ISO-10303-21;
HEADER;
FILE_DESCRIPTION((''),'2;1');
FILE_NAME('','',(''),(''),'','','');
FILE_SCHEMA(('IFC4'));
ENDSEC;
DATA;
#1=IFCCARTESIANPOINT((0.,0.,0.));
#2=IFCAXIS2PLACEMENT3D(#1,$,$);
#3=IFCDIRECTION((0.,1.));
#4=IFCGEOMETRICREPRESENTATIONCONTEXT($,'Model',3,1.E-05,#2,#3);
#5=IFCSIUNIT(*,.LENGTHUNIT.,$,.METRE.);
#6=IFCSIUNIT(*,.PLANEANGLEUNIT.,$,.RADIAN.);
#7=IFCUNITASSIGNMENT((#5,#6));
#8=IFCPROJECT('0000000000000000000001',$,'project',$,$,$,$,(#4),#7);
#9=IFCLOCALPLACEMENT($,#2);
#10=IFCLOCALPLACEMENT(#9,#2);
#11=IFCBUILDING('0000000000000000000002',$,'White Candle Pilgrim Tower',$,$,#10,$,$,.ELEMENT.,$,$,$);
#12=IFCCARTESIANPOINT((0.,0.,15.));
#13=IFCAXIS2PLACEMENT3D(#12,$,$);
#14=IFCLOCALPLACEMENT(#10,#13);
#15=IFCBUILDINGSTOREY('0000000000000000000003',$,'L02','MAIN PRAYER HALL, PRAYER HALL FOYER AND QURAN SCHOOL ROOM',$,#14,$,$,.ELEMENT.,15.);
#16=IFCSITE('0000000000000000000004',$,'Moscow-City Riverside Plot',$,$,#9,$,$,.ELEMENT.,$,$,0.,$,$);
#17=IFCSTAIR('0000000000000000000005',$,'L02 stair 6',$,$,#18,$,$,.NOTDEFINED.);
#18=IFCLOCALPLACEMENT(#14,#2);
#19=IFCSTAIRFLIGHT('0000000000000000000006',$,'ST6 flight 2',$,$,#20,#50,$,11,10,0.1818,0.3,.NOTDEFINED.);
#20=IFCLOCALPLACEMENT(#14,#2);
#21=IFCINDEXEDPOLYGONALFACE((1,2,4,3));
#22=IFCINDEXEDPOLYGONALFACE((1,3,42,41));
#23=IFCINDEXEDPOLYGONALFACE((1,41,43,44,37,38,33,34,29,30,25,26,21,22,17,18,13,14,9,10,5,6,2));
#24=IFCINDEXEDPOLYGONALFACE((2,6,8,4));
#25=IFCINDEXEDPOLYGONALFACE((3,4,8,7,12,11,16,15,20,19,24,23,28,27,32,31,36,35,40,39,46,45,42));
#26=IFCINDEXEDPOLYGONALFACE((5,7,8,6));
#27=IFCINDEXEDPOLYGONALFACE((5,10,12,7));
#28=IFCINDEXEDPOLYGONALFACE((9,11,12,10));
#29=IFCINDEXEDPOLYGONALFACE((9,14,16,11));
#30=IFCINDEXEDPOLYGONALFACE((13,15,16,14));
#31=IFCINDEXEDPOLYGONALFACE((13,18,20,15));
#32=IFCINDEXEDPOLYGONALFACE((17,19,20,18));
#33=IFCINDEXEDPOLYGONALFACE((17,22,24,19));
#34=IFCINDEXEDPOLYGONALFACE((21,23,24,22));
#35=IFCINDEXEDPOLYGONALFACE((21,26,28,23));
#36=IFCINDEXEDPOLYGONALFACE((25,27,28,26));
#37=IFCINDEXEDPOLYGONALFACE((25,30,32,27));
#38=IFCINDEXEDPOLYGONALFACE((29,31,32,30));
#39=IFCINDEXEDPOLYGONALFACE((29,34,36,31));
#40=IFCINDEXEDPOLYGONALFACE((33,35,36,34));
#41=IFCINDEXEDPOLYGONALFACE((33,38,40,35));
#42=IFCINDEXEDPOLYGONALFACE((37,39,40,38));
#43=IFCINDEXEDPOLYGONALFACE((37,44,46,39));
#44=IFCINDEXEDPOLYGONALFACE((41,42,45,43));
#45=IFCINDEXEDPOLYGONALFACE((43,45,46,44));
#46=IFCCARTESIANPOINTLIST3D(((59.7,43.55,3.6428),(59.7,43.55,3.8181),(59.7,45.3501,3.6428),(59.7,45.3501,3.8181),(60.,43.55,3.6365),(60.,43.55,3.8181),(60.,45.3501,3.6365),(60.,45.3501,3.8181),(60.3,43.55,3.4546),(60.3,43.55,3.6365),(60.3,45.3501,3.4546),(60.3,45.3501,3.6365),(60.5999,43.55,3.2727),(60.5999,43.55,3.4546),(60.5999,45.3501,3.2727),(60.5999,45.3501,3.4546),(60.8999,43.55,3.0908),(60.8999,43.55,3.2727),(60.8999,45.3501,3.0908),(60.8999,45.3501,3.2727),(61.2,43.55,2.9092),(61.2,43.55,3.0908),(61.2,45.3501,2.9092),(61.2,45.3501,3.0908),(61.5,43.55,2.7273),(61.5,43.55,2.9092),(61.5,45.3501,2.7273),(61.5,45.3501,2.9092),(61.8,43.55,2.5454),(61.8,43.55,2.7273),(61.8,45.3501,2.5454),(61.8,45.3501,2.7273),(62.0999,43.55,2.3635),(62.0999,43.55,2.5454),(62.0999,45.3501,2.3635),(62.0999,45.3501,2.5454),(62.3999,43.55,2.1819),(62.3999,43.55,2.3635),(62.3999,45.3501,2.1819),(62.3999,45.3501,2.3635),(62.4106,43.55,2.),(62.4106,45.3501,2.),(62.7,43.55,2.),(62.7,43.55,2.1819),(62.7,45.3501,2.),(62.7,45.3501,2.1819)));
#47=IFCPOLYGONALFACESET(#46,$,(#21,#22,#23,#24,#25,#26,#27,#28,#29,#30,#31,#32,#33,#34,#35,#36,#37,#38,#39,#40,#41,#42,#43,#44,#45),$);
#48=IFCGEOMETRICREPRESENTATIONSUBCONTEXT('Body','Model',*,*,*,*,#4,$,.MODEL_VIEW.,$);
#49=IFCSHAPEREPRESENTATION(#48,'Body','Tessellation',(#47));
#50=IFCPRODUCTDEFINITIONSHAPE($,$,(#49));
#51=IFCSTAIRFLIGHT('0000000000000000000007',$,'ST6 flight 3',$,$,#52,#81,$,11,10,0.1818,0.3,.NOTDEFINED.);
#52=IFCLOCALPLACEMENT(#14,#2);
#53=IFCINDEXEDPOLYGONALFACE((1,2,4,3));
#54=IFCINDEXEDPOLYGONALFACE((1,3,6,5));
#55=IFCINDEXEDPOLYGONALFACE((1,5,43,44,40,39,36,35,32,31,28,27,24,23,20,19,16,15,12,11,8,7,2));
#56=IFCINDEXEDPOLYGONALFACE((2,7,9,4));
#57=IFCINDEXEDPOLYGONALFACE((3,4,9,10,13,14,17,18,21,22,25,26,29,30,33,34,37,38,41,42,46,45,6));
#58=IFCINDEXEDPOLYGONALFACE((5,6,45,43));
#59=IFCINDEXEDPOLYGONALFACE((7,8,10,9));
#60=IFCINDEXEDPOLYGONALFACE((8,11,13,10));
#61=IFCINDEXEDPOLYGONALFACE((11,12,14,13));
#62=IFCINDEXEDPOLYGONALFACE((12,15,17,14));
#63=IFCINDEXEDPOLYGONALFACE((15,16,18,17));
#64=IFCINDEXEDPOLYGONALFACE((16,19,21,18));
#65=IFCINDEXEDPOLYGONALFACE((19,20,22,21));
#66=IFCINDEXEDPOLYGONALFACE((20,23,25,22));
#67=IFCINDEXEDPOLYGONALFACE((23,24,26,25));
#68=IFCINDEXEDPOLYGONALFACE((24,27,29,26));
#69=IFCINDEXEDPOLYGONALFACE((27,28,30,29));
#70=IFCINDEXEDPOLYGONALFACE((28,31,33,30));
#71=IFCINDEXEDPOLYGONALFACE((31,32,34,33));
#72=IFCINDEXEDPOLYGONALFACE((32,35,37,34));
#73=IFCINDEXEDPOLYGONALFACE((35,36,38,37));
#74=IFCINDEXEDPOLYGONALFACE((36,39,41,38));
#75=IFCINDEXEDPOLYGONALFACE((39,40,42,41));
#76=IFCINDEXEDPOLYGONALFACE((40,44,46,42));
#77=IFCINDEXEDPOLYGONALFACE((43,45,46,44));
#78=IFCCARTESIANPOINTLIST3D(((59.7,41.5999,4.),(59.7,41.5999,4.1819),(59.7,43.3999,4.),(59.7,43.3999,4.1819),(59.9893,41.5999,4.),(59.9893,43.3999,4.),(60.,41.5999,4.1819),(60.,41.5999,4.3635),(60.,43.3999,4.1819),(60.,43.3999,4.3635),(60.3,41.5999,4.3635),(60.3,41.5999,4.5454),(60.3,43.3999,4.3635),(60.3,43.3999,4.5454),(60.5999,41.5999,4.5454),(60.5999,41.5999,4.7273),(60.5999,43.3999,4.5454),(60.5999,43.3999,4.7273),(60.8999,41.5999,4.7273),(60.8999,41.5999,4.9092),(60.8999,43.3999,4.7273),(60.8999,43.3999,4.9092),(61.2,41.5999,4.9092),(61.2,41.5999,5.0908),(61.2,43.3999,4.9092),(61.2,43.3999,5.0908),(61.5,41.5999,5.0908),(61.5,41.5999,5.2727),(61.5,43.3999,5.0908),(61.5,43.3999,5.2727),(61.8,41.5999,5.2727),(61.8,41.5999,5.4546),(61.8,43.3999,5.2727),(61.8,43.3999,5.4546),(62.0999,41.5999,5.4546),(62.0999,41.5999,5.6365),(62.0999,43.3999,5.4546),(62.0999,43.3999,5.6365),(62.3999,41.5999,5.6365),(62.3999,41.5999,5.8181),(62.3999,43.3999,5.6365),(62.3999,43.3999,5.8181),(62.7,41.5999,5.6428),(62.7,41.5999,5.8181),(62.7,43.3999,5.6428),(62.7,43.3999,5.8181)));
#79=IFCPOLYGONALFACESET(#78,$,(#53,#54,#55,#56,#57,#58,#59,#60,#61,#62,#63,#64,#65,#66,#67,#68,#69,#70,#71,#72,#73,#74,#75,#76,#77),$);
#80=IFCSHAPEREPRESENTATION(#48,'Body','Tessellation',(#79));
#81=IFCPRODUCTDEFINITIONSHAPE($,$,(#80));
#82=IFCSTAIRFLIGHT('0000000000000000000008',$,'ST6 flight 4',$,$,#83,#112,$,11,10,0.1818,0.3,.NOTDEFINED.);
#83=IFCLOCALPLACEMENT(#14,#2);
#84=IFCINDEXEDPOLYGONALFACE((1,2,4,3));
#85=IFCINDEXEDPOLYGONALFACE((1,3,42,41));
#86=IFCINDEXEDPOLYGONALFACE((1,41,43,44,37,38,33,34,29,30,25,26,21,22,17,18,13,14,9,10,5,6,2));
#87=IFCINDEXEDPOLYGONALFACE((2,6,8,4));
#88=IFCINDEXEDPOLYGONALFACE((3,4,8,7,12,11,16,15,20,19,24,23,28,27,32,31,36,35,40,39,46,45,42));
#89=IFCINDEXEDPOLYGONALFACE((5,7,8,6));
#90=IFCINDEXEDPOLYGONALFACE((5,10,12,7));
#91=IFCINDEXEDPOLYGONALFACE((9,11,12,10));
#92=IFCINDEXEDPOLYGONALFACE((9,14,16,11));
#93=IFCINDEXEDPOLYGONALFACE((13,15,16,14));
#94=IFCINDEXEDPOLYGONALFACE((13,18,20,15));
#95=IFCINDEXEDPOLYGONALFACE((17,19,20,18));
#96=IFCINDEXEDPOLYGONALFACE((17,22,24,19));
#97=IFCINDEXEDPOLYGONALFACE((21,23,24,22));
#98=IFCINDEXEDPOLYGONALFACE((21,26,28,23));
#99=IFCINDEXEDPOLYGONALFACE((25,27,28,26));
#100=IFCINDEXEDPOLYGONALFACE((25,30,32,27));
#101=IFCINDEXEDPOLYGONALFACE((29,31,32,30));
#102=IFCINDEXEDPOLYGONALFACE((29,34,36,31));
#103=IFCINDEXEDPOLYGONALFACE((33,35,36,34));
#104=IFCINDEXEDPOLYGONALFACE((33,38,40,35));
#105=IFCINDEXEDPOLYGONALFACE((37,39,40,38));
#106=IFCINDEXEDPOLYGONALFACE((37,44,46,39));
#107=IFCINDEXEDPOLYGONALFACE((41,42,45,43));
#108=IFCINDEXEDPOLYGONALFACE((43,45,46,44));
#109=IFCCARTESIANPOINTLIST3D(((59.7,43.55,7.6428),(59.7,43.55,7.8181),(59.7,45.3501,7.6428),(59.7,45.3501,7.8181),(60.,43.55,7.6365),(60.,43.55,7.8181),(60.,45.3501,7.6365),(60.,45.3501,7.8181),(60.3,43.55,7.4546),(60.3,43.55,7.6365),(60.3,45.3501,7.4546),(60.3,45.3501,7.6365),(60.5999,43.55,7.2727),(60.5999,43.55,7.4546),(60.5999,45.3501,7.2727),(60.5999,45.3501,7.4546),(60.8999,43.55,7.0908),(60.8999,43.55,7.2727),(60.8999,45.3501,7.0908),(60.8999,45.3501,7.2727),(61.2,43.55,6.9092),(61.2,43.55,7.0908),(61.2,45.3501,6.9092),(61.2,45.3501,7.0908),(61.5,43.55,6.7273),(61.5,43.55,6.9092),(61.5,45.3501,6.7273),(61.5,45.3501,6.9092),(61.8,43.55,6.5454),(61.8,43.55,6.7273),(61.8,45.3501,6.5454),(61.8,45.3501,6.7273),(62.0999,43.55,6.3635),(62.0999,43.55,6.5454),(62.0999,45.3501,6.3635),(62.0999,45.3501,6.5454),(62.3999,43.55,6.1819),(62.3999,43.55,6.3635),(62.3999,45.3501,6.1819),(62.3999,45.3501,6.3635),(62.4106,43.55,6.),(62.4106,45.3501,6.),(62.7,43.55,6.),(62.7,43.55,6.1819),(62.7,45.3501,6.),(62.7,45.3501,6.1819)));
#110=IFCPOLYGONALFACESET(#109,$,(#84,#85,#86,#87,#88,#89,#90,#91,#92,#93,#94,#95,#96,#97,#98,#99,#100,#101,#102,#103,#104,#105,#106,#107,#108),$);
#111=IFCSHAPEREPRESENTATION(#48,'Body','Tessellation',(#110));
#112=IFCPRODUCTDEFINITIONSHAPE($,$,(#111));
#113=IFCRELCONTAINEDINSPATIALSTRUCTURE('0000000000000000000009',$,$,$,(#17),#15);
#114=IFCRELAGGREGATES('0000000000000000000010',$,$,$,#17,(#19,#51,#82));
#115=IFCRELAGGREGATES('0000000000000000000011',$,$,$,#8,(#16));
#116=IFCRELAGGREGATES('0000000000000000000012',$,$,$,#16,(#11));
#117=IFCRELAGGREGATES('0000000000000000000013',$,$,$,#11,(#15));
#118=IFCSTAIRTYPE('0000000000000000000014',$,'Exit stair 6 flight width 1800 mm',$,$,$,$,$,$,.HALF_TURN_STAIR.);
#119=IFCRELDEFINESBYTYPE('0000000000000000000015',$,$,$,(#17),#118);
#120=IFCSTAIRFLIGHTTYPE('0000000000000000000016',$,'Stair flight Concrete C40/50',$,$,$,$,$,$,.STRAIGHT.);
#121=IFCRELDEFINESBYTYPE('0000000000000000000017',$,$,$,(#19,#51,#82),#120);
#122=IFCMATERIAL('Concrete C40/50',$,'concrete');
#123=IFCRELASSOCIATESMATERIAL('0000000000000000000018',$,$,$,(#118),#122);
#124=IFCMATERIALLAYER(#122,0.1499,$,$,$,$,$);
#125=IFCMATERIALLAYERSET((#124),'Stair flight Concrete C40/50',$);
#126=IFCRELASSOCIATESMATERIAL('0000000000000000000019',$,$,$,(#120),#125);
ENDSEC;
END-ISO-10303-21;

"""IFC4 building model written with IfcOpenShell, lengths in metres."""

from ifc_helpers import new_model, si_unit, direction, frame, origin, place, context, subcontext, project, spatial, polyline, outline, extrude, material, layer, layer_set, type_object, element, aggregate, save


model = new_model("IFC4")

# Units and contexts
model_context = context("Model", 3, precision=1e-05, world=origin(), true_north=direction((0.0, 1.0)))
body_context = subcontext(model_context, "Body", "Model", "MODEL_VIEW")
ifc_project = project(units=[si_unit("LENGTHUNIT", "METRE"), si_unit("PLANEANGLEUNIT", "RADIAN")], contexts=[model_context])

# Site, building, storey
site_placement = place(None, origin())
site = spatial("IfcSite", under=ifc_project, at=site_placement, Name="Moscow-City Riverside Plot", CompositionType="ELEMENT", RefElevation=0.0)
building_placement = place(site_placement, origin())
building = spatial("IfcBuilding", under=site, at=building_placement, Name="White Candle Pilgrim Tower", CompositionType="ELEMENT")
storey_placement = place(building_placement, frame((0.0, 0.0, 15.0)))
storey = spatial("IfcBuildingStorey", under=building, at=storey_placement, Name="L02", Description="MAIN PRAYER HALL, PRAYER HALL FOYER AND QURAN SCHOOL ROOM", CompositionType="ELEMENT", Elevation=15.0)

# Stair, stair flights
ifc_material_1 = material(Name="Concrete C40/50", Category="concrete")
stair_type = type_object("IfcStairType", Name="Exit stair 6 flight width 1800 mm", PredefinedType="HALF_TURN_STAIR", material=ifc_material_1)
stair_placement = place(storey_placement, origin())
stair = element("IfcStair", 1, at=stair_placement, inside=storey, type_object=stair_type, Name="L02 stair 6", PredefinedType="NOTDEFINED")
ifc_layer_1 = layer(ifc_material_1, 0.1499)
ifc_layer_set_1 = layer_set([ifc_layer_1], Name="Stair flight Concrete C40/50")
stair_flight_type = type_object("IfcStairFlightType", Name="Stair flight Concrete C40/50", PredefinedType="STRAIGHT", material=ifc_layer_set_1)
stair_flight_1_placement = place(storey_placement, frame((62.7, 44.45, 2.0), z_axis=(0.0, 0.0, 1.0), x_axis=(-1.0, 0.0, 0.0)))
stair_flight_1 = element("IfcStairFlight", 2, at=stair_flight_1_placement, type_object=stair_flight_type, Name="ST6 flight 2", NumberOfRisers=11, NumberOfTreads=10, PredefinedType="NOTDEFINED", RiserHeight=0.1818, TreadLength=0.3, context=body_context, shape_type="SweptSolid", body=[
    extrude(outline(polyline([(0.0, 0.0), (0.0, 0.1819), (0.3, 0.1819), (0.3, 0.3635), (0.6001, 0.3635), (0.6001, 0.5454), (0.8999, 0.5454), (0.8999, 0.7273), (1.2, 0.7273), (1.2, 0.9092), (1.5, 0.9092), (1.5, 1.0908), (1.8, 1.0908), (1.8, 1.2727), (2.1001, 1.2727), (2.1001, 1.4546), (2.3999, 1.4546), (2.3999, 1.6365), (2.7, 1.6365), (2.7, 1.8181), (3.0, 1.8181), (3.0, 2.0), (3.0, 1.6428), (0.2893, 0.0), (0.0, 0.0)])), frame((0.0, 0.8999, 0.0), z_axis=(0.0, -1.0, 0.0), x_axis=(1.0, 0.0, 0.0)), (0.0, 0.0, 1.0), 1.8),
])
stair_flight_2_placement = place(storey_placement, frame((59.7, 42.5, 4.0), z_axis=(0.0, 0.0, 1.0), x_axis=(1.0, 0.0, 0.0)))
stair_flight_2 = element("IfcStairFlight", 3, at=stair_flight_2_placement, type_object=stair_flight_type, Name="ST6 flight 3", NumberOfRisers=11, NumberOfTreads=10, PredefinedType="NOTDEFINED", RiserHeight=0.1818, TreadLength=0.3, context=body_context, shape_type="SweptSolid", body=[
    extrude(outline(polyline([(0.0, 0.0), (0.0, 0.1819), (0.3, 0.1819), (0.3, 0.3635), (0.6001, 0.3635), (0.6001, 0.5454), (0.8999, 0.5454), (0.8999, 0.7273), (1.2, 0.7273), (1.2, 0.9092), (1.5, 0.9092), (1.5, 1.0908), (1.8, 1.0908), (1.8, 1.2727), (2.1001, 1.2727), (2.1001, 1.4546), (2.3999, 1.4546), (2.3999, 1.6365), (2.7, 1.6365), (2.7, 1.8181), (3.0, 1.8181), (3.0, 2.0), (3.0, 1.6428), (0.2893, 0.0), (0.0, 0.0)])), frame((0.0, 0.8999, 0.0), z_axis=(0.0, -1.0, 0.0), x_axis=(1.0, 0.0, 0.0)), (0.0, 0.0, 1.0), 1.8),
])
stair_flight_3_placement = place(storey_placement, frame((62.7, 44.45, 6.0), z_axis=(0.0, 0.0, 1.0), x_axis=(-1.0, 0.0, 0.0)))
stair_flight_3 = element("IfcStairFlight", 4, at=stair_flight_3_placement, type_object=stair_flight_type, Name="ST6 flight 4", NumberOfRisers=11, NumberOfTreads=10, PredefinedType="NOTDEFINED", RiserHeight=0.1818, TreadLength=0.3, context=body_context, shape_type="SweptSolid", body=[
    extrude(outline(polyline([(0.0, 0.0), (0.0, 0.1819), (0.3, 0.1819), (0.3, 0.3635), (0.6001, 0.3635), (0.6001, 0.5454), (0.8999, 0.5454), (0.8999, 0.7273), (1.2, 0.7273), (1.2, 0.9092), (1.5, 0.9092), (1.5, 1.0908), (1.8, 1.0908), (1.8, 1.2727), (2.1001, 1.2727), (2.1001, 1.4546), (2.3999, 1.4546), (2.3999, 1.6365), (2.7, 1.6365), (2.7, 1.8181), (3.0, 1.8181), (3.0, 2.0), (3.0, 1.6428), (0.2893, 0.0), (0.0, 0.0)])), frame((0.0, 0.8999, 0.0), z_axis=(0.0, -1.0, 0.0), x_axis=(1.0, 0.0, 0.0)), (0.0, 0.0, 1.0), 1.8),
])
aggregate(stair, [stair_flight_1, stair_flight_2, stair_flight_3])

save(model, "model.ifc")
